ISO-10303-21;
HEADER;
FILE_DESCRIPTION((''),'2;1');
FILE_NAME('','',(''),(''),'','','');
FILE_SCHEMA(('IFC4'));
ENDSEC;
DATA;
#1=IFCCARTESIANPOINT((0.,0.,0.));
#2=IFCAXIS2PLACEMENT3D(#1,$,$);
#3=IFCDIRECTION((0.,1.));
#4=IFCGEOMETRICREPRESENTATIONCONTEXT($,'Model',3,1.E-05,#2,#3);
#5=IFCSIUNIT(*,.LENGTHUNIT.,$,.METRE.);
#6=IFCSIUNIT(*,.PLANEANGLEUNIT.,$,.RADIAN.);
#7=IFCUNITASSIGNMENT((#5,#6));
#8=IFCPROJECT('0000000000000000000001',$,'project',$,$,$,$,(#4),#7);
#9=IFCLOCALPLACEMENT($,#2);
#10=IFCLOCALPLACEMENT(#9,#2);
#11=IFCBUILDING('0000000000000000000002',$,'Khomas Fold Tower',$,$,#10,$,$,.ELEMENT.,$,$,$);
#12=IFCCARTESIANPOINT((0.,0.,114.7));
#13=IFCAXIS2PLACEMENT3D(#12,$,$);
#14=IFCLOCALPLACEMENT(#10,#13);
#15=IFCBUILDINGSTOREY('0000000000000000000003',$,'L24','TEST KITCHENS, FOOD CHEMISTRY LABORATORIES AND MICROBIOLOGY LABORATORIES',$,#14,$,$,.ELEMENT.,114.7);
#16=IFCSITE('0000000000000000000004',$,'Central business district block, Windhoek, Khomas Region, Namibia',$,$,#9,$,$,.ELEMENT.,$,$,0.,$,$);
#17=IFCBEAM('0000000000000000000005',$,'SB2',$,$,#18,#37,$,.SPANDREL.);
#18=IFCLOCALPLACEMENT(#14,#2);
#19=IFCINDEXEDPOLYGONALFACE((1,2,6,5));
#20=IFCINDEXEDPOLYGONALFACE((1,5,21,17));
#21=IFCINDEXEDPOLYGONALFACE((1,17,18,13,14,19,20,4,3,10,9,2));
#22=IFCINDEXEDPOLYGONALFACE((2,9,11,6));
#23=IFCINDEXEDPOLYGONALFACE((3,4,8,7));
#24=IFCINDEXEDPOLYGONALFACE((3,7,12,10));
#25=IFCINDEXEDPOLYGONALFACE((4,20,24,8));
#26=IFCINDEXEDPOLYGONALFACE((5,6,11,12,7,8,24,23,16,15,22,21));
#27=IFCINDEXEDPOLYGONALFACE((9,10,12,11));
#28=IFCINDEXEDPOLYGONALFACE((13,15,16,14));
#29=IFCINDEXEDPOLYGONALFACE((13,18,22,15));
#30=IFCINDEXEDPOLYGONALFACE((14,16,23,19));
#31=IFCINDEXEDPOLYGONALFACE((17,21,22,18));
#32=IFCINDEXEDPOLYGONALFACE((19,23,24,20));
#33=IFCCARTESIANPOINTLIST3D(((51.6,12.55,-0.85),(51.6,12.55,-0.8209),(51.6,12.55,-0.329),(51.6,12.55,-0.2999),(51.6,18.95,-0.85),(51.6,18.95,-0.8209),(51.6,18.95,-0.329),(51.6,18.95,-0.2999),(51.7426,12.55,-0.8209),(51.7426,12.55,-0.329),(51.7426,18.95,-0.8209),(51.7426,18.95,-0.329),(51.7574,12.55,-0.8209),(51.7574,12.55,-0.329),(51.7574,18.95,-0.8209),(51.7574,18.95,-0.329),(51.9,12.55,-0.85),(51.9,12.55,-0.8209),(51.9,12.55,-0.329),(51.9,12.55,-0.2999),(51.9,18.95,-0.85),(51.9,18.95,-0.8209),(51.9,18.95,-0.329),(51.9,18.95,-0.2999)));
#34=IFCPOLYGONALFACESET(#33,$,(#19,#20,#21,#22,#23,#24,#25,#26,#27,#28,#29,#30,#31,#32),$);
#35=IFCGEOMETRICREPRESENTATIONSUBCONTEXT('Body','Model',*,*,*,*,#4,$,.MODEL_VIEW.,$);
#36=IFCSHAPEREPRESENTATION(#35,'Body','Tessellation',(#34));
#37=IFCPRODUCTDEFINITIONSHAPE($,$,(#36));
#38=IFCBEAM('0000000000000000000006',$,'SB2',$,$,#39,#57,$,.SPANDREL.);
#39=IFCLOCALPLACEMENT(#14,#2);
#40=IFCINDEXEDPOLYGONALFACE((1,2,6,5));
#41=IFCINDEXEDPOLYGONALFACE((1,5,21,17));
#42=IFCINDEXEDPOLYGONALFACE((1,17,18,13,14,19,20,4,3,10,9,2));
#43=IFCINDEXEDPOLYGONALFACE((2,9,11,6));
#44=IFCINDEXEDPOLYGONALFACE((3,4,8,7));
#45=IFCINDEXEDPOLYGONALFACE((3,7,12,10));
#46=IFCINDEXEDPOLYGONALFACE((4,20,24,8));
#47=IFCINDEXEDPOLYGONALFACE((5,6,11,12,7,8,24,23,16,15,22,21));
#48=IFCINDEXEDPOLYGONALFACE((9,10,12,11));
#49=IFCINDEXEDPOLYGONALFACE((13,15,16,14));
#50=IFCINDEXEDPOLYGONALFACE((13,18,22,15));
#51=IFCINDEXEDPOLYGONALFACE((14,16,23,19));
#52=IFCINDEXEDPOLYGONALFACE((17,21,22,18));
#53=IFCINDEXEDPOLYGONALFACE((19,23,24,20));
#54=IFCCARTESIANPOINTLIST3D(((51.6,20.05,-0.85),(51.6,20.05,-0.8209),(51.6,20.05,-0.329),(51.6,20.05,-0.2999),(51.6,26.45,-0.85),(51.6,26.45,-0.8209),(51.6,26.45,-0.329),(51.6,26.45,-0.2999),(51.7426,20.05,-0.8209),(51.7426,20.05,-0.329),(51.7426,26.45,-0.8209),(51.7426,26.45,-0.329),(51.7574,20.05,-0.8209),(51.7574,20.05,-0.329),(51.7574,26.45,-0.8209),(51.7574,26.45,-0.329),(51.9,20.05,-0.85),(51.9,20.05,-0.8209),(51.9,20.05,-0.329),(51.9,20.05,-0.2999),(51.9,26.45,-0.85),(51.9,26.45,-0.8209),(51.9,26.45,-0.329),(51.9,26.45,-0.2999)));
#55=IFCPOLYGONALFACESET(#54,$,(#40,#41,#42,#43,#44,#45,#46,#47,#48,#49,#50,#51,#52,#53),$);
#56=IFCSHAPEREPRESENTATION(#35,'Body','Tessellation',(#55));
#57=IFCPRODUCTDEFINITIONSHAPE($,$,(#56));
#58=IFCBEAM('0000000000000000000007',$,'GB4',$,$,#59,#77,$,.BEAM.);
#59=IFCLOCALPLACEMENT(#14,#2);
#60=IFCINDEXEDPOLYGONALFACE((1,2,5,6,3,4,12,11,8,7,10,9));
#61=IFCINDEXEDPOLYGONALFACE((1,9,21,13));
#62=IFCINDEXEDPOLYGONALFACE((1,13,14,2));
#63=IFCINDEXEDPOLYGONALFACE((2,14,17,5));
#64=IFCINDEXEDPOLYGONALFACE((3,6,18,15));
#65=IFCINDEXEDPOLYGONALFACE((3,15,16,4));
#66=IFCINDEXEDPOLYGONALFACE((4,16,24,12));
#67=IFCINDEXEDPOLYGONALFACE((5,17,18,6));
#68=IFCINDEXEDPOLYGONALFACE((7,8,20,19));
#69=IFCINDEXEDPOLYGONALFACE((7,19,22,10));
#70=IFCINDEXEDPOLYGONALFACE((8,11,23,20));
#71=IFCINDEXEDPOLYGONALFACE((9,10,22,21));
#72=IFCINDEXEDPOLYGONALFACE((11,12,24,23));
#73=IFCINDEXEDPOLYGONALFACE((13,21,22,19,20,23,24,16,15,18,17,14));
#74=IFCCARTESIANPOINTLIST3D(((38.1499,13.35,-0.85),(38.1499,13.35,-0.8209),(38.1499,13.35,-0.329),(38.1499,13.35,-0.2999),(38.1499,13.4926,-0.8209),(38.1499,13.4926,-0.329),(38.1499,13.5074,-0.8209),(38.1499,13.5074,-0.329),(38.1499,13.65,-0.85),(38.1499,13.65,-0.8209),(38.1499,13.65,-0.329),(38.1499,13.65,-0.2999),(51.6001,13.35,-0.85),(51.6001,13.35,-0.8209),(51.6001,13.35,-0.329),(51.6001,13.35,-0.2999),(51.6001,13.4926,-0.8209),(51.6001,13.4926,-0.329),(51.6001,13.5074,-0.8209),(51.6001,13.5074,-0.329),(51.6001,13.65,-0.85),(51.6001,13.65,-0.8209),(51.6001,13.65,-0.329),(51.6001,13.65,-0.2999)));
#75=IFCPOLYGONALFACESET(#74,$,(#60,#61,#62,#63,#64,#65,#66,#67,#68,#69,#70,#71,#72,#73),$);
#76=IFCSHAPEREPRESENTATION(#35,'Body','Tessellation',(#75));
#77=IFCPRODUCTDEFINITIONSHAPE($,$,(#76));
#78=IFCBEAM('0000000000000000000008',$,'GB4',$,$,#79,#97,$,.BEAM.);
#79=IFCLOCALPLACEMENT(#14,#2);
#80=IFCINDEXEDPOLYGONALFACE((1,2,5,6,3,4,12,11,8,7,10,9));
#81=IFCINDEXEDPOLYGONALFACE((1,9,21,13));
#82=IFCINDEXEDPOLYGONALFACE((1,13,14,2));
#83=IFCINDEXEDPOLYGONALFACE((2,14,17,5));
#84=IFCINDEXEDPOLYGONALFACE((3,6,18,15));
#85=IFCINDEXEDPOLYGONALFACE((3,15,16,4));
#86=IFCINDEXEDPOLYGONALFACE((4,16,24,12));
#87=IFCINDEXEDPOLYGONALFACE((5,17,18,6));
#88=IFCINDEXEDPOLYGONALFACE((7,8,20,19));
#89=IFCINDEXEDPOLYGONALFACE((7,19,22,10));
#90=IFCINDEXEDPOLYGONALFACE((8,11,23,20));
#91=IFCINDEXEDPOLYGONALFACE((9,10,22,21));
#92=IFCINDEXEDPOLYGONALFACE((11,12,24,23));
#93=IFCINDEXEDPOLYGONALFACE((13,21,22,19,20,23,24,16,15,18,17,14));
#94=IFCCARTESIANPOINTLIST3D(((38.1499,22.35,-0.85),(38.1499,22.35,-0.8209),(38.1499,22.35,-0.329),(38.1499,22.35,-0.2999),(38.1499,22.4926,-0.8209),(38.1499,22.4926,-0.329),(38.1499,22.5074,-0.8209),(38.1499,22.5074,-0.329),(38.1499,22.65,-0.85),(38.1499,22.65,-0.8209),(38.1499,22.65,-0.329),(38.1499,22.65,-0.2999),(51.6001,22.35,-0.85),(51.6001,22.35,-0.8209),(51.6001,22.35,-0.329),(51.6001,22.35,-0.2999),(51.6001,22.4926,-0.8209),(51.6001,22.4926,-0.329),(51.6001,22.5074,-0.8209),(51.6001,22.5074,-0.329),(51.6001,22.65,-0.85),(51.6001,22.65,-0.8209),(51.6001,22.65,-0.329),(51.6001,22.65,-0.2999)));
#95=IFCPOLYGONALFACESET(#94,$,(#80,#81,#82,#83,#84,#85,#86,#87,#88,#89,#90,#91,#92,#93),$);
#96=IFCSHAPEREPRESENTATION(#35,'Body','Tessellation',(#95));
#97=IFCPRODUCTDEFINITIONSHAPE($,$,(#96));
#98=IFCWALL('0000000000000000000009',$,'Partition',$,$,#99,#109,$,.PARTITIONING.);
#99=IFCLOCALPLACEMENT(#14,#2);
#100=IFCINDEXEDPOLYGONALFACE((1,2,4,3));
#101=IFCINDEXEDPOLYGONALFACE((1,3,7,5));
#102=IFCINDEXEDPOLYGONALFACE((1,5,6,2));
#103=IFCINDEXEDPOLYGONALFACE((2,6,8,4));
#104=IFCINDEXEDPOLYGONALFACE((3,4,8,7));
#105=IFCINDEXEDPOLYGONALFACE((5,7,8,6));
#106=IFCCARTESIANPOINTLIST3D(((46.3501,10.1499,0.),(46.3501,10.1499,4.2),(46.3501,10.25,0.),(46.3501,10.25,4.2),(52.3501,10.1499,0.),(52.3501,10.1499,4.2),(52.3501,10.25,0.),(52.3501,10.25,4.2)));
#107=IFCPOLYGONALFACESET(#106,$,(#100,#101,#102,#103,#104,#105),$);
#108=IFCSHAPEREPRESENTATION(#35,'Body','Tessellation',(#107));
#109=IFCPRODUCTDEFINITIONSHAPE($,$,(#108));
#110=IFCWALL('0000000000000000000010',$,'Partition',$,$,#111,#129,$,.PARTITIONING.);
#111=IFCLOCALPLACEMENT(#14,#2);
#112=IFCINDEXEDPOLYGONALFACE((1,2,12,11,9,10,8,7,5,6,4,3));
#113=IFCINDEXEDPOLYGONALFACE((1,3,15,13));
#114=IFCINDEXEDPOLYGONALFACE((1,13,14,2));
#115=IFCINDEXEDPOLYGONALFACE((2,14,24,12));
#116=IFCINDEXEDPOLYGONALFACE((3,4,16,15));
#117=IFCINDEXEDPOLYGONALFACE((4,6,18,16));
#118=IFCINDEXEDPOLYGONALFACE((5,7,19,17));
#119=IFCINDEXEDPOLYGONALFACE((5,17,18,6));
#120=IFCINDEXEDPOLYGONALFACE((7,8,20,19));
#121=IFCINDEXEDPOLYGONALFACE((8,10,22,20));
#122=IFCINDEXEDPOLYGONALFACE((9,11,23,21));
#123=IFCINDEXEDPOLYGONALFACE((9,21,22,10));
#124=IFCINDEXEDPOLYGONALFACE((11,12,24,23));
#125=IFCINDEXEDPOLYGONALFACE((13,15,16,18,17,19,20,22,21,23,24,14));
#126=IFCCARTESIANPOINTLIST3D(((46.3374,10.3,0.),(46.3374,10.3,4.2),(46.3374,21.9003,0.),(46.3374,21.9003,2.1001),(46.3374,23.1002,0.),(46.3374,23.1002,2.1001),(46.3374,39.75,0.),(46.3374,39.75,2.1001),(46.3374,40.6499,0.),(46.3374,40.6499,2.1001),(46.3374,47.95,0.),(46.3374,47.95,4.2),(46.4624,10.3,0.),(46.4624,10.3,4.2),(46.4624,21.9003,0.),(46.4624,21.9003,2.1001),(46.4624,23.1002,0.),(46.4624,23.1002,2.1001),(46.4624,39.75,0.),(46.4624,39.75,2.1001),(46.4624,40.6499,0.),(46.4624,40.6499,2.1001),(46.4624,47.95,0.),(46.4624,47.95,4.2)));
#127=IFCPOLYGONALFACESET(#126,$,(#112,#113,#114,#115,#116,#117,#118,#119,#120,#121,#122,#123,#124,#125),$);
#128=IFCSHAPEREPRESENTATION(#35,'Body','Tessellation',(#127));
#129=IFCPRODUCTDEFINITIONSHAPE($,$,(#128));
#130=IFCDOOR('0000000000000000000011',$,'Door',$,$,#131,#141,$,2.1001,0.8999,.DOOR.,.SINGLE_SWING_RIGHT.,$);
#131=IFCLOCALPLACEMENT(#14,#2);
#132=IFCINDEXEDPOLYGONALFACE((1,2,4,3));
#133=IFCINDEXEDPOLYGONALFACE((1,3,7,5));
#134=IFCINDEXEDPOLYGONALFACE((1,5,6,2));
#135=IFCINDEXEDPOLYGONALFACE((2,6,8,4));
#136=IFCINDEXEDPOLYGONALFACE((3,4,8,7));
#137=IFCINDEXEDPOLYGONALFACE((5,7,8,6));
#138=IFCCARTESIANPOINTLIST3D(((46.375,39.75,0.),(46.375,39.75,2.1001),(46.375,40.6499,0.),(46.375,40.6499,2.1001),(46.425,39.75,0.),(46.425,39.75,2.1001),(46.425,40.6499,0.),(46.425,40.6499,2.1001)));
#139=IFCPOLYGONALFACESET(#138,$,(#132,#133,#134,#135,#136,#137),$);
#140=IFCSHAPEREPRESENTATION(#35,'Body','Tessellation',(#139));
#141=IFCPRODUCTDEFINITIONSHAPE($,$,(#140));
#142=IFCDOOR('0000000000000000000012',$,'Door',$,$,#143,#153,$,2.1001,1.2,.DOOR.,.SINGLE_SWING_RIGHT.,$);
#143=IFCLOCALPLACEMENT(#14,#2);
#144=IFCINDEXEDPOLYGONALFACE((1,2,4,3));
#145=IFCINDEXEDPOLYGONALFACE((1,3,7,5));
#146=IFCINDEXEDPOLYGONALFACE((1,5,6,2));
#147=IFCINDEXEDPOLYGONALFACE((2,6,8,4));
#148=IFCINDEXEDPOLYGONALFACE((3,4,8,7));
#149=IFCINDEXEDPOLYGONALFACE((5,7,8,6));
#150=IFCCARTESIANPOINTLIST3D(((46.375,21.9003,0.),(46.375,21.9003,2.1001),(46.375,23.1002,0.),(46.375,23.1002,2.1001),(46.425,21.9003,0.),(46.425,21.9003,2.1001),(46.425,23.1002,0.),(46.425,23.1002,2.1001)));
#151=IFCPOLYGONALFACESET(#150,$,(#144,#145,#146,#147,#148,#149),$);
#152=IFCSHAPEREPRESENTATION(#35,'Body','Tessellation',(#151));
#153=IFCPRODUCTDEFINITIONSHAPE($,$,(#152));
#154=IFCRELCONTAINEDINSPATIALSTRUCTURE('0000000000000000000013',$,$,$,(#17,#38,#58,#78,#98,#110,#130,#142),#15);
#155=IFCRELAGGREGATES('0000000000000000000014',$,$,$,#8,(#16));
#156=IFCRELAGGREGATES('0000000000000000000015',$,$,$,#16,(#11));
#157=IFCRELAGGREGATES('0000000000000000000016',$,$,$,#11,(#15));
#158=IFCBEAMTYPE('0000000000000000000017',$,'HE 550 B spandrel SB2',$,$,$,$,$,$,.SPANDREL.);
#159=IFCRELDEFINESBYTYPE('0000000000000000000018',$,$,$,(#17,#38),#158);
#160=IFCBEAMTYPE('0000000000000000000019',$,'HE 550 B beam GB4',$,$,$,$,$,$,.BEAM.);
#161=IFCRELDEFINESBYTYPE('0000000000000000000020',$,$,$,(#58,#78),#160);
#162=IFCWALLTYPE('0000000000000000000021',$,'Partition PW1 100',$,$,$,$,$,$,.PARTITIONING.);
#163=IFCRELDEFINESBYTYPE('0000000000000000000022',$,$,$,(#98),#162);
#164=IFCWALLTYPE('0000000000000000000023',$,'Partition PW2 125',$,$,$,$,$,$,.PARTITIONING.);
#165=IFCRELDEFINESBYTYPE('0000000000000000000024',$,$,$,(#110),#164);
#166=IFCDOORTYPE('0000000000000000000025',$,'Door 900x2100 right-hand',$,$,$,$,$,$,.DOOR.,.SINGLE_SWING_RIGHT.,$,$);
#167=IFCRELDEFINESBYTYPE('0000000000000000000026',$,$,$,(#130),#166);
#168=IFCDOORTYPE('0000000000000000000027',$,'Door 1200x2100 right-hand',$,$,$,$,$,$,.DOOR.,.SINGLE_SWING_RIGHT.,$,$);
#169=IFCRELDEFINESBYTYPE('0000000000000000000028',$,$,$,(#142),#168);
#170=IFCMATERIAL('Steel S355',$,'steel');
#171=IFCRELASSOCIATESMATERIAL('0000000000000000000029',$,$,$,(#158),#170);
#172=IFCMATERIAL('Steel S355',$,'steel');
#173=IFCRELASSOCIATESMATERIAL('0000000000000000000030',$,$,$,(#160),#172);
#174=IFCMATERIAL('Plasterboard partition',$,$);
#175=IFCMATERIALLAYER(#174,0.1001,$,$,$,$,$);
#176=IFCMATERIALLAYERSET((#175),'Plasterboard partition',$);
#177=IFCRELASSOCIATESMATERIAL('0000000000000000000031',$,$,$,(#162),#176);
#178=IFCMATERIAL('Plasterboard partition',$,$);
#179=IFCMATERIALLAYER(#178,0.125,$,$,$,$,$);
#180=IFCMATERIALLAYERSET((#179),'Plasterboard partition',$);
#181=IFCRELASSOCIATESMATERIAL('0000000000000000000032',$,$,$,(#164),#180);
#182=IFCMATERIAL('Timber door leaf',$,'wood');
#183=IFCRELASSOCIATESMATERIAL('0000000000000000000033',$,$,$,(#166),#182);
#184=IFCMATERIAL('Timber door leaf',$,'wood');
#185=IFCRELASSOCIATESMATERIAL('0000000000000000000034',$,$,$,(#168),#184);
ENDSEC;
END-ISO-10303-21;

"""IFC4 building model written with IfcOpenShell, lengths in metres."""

from ifc_helpers import new_model, si_unit, direction, frame, frame_2d, origin, origin_2d, place, context, subcontext, project, spatial, rectangle, i_section, extrude, source, transform, mapped, material, layer, layer_set, material_profile, profile_set, type_object, element, fill, save


model = new_model("IFC4")

# Units and contexts
model_context = context("Model", 3, precision=1e-05, world=origin(), true_north=direction((0.0, 1.0)))
body_context = subcontext(model_context, "Body", "Model", "MODEL_VIEW")
ifc_project = project(units=[si_unit("LENGTHUNIT", "METRE"), si_unit("PLANEANGLEUNIT", "RADIAN")], contexts=[model_context])

# Site, building, storey
site_placement = place(None, origin())
site = spatial("IfcSite", under=ifc_project, at=site_placement, Name="Central business district block, Windhoek, Khomas Region, Namibia", CompositionType="ELEMENT", RefElevation=0.0)
building_placement = place(site_placement, origin())
building = spatial("IfcBuilding", under=site, at=building_placement, Name="Khomas Fold Tower", CompositionType="ELEMENT")
storey_placement = place(building_placement, frame((0.0, 0.0, 114.7)))
storey = spatial("IfcBuildingStorey", under=building, at=storey_placement, Name="L24", Description="TEST KITCHENS, FOOD CHEMISTRY LABORATORIES AND MICROBIOLOGY LABORATORIES", CompositionType="ELEMENT", Elevation=114.7)

# Beams
ifc_material_1 = material(Name="Steel S355", Category="steel")
ifc_material_profile_1 = material_profile(ifc_material_1, i_section(OverallWidth=0.3, OverallDepth=0.55, WebThickness=0.0149, FlangeThickness=0.0291, at=origin_2d()), Name="HE 550 B")
ifc_profile_set_1 = profile_set([ifc_material_profile_1], Name="Steel S355")
beam_type_1 = type_object("IfcBeamType", Name="HE 550 B spandrel SB2", PredefinedType="SPANDREL", material=ifc_profile_set_1)
shared_shape_1 = source(origin(), body_context, "Body", "SweptSolid", [
    extrude(i_section(OverallWidth=0.3, OverallDepth=0.55, WebThickness=0.0149, FlangeThickness=0.0291, at=origin_2d()), origin(), (0.0, 0.0, 1.0), 6.3999),
])
for number, where, z_axis, x_axis, name in (
    (1, (51.75, 12.55, -0.575), (0.0, 1.0, 0.0), (-1.0, 0.0, 0.0), "SB2"),
    (2, (51.75, 20.05, -0.575), (0.0, 1.0, 0.0), (-1.0, 0.0, 0.0), "SB2"),
):
    element("IfcBeam", number, at=place(storey_placement, frame(where, z_axis=z_axis, x_axis=x_axis)), inside=storey, type_object=beam_type_1, Name=name, PredefinedType="SPANDREL", context=body_context, shape_type="MappedRepresentation", body=[
        mapped(shared_shape_1, transform((0.0, 0.0, 0.0))),
    ])
ifc_material_2 = material(Name="Steel S355", Category="steel")
ifc_material_profile_2 = material_profile(ifc_material_2, i_section(OverallWidth=0.3, OverallDepth=0.55, WebThickness=0.0149, FlangeThickness=0.0291, at=origin_2d()), Name="HE 550 B")
ifc_profile_set_2 = profile_set([ifc_material_profile_2], Name="Steel S355")
beam_type_2 = type_object("IfcBeamType", Name="HE 550 B beam GB4", PredefinedType="BEAM", material=ifc_profile_set_2)
shared_shape_2 = source(origin(), body_context, "Body", "SweptSolid", [
    extrude(i_section(OverallWidth=0.3, OverallDepth=0.55, WebThickness=0.0149, FlangeThickness=0.0291, at=origin_2d()), origin(), (0.0, 0.0, 1.0), 13.4502),
])
for number, where, z_axis, x_axis, name in (
    (3, (38.1499, 13.5, -0.575), (1.0, 0.0, 0.0), (0.0, 1.0, 0.0), "GB4"),
    (4, (38.1499, 22.5, -0.575), (1.0, 0.0, 0.0), (0.0, 1.0, 0.0), "GB4"),
):
    element("IfcBeam", number, at=place(storey_placement, frame(where, z_axis=z_axis, x_axis=x_axis)), inside=storey, type_object=beam_type_2, Name=name, PredefinedType="BEAM", context=body_context, shape_type="MappedRepresentation", body=[
        mapped(shared_shape_2, transform((0.0, 0.0, 0.0))),
    ])

# Wall
ifc_material_3 = material(Name="Plasterboard partition")
ifc_layer_1 = layer(ifc_material_3, 0.1001)
ifc_layer_set_1 = layer_set([ifc_layer_1], Name="Plasterboard partition")
wall_type_1 = type_object("IfcWallType", Name="Partition PW1 100", PredefinedType="PARTITIONING", material=ifc_layer_set_1)
shared_shape_3 = source(origin(), body_context, "Body", "SweptSolid", [
    extrude(rectangle(XDim=6.0, YDim=0.1001, at=frame_2d((3.0, 0.0))), origin(), (0.0, 0.0, 1.0), 4.2),
])
wall_1_placement = place(storey_placement, frame((46.3501, 10.2, 0.0), z_axis=(0.0, 0.0, 1.0), x_axis=(1.0, 0.0, 0.0)))
element("IfcWall", 5, at=wall_1_placement, inside=storey, type_object=wall_type_1, Name="Partition", PredefinedType="PARTITIONING", context=body_context, shape_type="MappedRepresentation", body=[
    mapped(shared_shape_3, transform((0.0, 0.0, 0.0))),
])

# Wall, openings, doors
ifc_material_4 = material(Name="Plasterboard partition")
ifc_layer_2 = layer(ifc_material_4, 0.125)
ifc_layer_set_2 = layer_set([ifc_layer_2], Name="Plasterboard partition")
wall_type_2 = type_object("IfcWallType", Name="Partition PW2 125", PredefinedType="PARTITIONING", material=ifc_layer_set_2)
shared_shape_4 = source(origin(), body_context, "Body", "SweptSolid", [
    extrude(rectangle(XDim=37.6499, YDim=0.125, at=frame_2d((18.825, 0.0))), origin(), (0.0, 0.0, 1.0), 4.2),
])
wall_2_placement = place(storey_placement, frame((46.3999, 10.3, 0.0), z_axis=(0.0, 0.0, 1.0), x_axis=(0.0, 1.0, 0.0)))
wall_2 = element("IfcWall", 6, at=wall_2_placement, inside=storey, type_object=wall_type_2, Name="Partition", PredefinedType="PARTITIONING", context=body_context, shape_type="MappedRepresentation", body=[
    mapped(shared_shape_4, transform((0.0, 0.0, 0.0))),
])
shared_shape_5 = source(origin(), body_context, "Body", "SweptSolid", [
    extrude(rectangle(XDim=1.2, YDim=2.1001, at=frame_2d((0.6001, 1.05))), frame((0.0, 0.0725, 0.0), z_axis=(0.0, -1.0, 0.0), x_axis=(1.0, 0.0, 0.0)), (0.0, 0.0, 1.0), 0.145),
])
opening_1_placement = place(wall_2_placement, frame((11.6001, 0.0, 0.0)))
opening_1 = element("IfcOpeningElement", 7, at=opening_1_placement, cuts=wall_2, PredefinedType="OPENING", context=body_context, shape_type="MappedRepresentation", body=[
    mapped(shared_shape_5, transform((0.0, 0.0, 0.0))),
])
shared_shape_6 = source(origin(), body_context, "Body", "SweptSolid", [
    extrude(rectangle(XDim=0.8999, YDim=2.1001, at=frame_2d((0.45, 1.05))), frame((0.0, 0.0725, 0.0), z_axis=(0.0, -1.0, 0.0), x_axis=(1.0, 0.0, 0.0)), (0.0, 0.0, 1.0), 0.145),
])
opening_2_placement = place(wall_2_placement, frame((29.45, 0.0, 0.0)))
opening_2 = element("IfcOpeningElement", 8, at=opening_2_placement, cuts=wall_2, PredefinedType="OPENING", context=body_context, shape_type="MappedRepresentation", body=[
    mapped(shared_shape_6, transform((0.0, 0.0, 0.0))),
])
ifc_material_5 = material(Name="Timber door leaf", Category="wood")
door_type_1 = type_object("IfcDoorType", Name="Door 900x2100 right-hand", OperationType="SINGLE_SWING_RIGHT", PredefinedType="DOOR", material=ifc_material_5)
shared_shape_7 = source(origin(), body_context, "Body", "SweptSolid", [
    extrude(rectangle(XDim=0.8999, YDim=2.1001, at=frame_2d((0.45, 1.05))), frame((0.0, 0.0249, 0.0), z_axis=(0.0, -1.0, 0.0), x_axis=(1.0, 0.0, 0.0)), (0.0, 0.0, 1.0), 0.05),
])
door_1_placement = place(opening_2_placement, origin())
door_1 = element("IfcDoor", 9, at=door_1_placement, inside=storey, type_object=door_type_1, Name="Door", OperationType="SINGLE_SWING_RIGHT", OverallHeight=2.1001, OverallWidth=0.8999, PredefinedType="DOOR", context=body_context, shape_type="MappedRepresentation", body=[
    mapped(shared_shape_7, transform((0.0, 0.0, 0.0))),
])
fill(opening_2, door_1)
ifc_material_6 = material(Name="Timber door leaf", Category="wood")
door_type_2 = type_object("IfcDoorType", Name="Door 1200x2100 right-hand", OperationType="SINGLE_SWING_RIGHT", PredefinedType="DOOR", material=ifc_material_6)
shared_shape_8 = source(origin(), body_context, "Body", "SweptSolid", [
    extrude(rectangle(XDim=1.2, YDim=2.1001, at=frame_2d((0.6001, 1.05))), frame((0.0, 0.0249, 0.0), z_axis=(0.0, -1.0, 0.0), x_axis=(1.0, 0.0, 0.0)), (0.0, 0.0, 1.0), 0.05),
])
door_2_placement = place(opening_1_placement, origin())
door_2 = element("IfcDoor", 10, at=door_2_placement, inside=storey, type_object=door_type_2, Name="Door", OperationType="SINGLE_SWING_RIGHT", OverallHeight=2.1001, OverallWidth=1.2, PredefinedType="DOOR", context=body_context, shape_type="MappedRepresentation", body=[
    mapped(shared_shape_8, transform((0.0, 0.0, 0.0))),
])
fill(opening_1, door_2)

save(model, "model.ifc")
